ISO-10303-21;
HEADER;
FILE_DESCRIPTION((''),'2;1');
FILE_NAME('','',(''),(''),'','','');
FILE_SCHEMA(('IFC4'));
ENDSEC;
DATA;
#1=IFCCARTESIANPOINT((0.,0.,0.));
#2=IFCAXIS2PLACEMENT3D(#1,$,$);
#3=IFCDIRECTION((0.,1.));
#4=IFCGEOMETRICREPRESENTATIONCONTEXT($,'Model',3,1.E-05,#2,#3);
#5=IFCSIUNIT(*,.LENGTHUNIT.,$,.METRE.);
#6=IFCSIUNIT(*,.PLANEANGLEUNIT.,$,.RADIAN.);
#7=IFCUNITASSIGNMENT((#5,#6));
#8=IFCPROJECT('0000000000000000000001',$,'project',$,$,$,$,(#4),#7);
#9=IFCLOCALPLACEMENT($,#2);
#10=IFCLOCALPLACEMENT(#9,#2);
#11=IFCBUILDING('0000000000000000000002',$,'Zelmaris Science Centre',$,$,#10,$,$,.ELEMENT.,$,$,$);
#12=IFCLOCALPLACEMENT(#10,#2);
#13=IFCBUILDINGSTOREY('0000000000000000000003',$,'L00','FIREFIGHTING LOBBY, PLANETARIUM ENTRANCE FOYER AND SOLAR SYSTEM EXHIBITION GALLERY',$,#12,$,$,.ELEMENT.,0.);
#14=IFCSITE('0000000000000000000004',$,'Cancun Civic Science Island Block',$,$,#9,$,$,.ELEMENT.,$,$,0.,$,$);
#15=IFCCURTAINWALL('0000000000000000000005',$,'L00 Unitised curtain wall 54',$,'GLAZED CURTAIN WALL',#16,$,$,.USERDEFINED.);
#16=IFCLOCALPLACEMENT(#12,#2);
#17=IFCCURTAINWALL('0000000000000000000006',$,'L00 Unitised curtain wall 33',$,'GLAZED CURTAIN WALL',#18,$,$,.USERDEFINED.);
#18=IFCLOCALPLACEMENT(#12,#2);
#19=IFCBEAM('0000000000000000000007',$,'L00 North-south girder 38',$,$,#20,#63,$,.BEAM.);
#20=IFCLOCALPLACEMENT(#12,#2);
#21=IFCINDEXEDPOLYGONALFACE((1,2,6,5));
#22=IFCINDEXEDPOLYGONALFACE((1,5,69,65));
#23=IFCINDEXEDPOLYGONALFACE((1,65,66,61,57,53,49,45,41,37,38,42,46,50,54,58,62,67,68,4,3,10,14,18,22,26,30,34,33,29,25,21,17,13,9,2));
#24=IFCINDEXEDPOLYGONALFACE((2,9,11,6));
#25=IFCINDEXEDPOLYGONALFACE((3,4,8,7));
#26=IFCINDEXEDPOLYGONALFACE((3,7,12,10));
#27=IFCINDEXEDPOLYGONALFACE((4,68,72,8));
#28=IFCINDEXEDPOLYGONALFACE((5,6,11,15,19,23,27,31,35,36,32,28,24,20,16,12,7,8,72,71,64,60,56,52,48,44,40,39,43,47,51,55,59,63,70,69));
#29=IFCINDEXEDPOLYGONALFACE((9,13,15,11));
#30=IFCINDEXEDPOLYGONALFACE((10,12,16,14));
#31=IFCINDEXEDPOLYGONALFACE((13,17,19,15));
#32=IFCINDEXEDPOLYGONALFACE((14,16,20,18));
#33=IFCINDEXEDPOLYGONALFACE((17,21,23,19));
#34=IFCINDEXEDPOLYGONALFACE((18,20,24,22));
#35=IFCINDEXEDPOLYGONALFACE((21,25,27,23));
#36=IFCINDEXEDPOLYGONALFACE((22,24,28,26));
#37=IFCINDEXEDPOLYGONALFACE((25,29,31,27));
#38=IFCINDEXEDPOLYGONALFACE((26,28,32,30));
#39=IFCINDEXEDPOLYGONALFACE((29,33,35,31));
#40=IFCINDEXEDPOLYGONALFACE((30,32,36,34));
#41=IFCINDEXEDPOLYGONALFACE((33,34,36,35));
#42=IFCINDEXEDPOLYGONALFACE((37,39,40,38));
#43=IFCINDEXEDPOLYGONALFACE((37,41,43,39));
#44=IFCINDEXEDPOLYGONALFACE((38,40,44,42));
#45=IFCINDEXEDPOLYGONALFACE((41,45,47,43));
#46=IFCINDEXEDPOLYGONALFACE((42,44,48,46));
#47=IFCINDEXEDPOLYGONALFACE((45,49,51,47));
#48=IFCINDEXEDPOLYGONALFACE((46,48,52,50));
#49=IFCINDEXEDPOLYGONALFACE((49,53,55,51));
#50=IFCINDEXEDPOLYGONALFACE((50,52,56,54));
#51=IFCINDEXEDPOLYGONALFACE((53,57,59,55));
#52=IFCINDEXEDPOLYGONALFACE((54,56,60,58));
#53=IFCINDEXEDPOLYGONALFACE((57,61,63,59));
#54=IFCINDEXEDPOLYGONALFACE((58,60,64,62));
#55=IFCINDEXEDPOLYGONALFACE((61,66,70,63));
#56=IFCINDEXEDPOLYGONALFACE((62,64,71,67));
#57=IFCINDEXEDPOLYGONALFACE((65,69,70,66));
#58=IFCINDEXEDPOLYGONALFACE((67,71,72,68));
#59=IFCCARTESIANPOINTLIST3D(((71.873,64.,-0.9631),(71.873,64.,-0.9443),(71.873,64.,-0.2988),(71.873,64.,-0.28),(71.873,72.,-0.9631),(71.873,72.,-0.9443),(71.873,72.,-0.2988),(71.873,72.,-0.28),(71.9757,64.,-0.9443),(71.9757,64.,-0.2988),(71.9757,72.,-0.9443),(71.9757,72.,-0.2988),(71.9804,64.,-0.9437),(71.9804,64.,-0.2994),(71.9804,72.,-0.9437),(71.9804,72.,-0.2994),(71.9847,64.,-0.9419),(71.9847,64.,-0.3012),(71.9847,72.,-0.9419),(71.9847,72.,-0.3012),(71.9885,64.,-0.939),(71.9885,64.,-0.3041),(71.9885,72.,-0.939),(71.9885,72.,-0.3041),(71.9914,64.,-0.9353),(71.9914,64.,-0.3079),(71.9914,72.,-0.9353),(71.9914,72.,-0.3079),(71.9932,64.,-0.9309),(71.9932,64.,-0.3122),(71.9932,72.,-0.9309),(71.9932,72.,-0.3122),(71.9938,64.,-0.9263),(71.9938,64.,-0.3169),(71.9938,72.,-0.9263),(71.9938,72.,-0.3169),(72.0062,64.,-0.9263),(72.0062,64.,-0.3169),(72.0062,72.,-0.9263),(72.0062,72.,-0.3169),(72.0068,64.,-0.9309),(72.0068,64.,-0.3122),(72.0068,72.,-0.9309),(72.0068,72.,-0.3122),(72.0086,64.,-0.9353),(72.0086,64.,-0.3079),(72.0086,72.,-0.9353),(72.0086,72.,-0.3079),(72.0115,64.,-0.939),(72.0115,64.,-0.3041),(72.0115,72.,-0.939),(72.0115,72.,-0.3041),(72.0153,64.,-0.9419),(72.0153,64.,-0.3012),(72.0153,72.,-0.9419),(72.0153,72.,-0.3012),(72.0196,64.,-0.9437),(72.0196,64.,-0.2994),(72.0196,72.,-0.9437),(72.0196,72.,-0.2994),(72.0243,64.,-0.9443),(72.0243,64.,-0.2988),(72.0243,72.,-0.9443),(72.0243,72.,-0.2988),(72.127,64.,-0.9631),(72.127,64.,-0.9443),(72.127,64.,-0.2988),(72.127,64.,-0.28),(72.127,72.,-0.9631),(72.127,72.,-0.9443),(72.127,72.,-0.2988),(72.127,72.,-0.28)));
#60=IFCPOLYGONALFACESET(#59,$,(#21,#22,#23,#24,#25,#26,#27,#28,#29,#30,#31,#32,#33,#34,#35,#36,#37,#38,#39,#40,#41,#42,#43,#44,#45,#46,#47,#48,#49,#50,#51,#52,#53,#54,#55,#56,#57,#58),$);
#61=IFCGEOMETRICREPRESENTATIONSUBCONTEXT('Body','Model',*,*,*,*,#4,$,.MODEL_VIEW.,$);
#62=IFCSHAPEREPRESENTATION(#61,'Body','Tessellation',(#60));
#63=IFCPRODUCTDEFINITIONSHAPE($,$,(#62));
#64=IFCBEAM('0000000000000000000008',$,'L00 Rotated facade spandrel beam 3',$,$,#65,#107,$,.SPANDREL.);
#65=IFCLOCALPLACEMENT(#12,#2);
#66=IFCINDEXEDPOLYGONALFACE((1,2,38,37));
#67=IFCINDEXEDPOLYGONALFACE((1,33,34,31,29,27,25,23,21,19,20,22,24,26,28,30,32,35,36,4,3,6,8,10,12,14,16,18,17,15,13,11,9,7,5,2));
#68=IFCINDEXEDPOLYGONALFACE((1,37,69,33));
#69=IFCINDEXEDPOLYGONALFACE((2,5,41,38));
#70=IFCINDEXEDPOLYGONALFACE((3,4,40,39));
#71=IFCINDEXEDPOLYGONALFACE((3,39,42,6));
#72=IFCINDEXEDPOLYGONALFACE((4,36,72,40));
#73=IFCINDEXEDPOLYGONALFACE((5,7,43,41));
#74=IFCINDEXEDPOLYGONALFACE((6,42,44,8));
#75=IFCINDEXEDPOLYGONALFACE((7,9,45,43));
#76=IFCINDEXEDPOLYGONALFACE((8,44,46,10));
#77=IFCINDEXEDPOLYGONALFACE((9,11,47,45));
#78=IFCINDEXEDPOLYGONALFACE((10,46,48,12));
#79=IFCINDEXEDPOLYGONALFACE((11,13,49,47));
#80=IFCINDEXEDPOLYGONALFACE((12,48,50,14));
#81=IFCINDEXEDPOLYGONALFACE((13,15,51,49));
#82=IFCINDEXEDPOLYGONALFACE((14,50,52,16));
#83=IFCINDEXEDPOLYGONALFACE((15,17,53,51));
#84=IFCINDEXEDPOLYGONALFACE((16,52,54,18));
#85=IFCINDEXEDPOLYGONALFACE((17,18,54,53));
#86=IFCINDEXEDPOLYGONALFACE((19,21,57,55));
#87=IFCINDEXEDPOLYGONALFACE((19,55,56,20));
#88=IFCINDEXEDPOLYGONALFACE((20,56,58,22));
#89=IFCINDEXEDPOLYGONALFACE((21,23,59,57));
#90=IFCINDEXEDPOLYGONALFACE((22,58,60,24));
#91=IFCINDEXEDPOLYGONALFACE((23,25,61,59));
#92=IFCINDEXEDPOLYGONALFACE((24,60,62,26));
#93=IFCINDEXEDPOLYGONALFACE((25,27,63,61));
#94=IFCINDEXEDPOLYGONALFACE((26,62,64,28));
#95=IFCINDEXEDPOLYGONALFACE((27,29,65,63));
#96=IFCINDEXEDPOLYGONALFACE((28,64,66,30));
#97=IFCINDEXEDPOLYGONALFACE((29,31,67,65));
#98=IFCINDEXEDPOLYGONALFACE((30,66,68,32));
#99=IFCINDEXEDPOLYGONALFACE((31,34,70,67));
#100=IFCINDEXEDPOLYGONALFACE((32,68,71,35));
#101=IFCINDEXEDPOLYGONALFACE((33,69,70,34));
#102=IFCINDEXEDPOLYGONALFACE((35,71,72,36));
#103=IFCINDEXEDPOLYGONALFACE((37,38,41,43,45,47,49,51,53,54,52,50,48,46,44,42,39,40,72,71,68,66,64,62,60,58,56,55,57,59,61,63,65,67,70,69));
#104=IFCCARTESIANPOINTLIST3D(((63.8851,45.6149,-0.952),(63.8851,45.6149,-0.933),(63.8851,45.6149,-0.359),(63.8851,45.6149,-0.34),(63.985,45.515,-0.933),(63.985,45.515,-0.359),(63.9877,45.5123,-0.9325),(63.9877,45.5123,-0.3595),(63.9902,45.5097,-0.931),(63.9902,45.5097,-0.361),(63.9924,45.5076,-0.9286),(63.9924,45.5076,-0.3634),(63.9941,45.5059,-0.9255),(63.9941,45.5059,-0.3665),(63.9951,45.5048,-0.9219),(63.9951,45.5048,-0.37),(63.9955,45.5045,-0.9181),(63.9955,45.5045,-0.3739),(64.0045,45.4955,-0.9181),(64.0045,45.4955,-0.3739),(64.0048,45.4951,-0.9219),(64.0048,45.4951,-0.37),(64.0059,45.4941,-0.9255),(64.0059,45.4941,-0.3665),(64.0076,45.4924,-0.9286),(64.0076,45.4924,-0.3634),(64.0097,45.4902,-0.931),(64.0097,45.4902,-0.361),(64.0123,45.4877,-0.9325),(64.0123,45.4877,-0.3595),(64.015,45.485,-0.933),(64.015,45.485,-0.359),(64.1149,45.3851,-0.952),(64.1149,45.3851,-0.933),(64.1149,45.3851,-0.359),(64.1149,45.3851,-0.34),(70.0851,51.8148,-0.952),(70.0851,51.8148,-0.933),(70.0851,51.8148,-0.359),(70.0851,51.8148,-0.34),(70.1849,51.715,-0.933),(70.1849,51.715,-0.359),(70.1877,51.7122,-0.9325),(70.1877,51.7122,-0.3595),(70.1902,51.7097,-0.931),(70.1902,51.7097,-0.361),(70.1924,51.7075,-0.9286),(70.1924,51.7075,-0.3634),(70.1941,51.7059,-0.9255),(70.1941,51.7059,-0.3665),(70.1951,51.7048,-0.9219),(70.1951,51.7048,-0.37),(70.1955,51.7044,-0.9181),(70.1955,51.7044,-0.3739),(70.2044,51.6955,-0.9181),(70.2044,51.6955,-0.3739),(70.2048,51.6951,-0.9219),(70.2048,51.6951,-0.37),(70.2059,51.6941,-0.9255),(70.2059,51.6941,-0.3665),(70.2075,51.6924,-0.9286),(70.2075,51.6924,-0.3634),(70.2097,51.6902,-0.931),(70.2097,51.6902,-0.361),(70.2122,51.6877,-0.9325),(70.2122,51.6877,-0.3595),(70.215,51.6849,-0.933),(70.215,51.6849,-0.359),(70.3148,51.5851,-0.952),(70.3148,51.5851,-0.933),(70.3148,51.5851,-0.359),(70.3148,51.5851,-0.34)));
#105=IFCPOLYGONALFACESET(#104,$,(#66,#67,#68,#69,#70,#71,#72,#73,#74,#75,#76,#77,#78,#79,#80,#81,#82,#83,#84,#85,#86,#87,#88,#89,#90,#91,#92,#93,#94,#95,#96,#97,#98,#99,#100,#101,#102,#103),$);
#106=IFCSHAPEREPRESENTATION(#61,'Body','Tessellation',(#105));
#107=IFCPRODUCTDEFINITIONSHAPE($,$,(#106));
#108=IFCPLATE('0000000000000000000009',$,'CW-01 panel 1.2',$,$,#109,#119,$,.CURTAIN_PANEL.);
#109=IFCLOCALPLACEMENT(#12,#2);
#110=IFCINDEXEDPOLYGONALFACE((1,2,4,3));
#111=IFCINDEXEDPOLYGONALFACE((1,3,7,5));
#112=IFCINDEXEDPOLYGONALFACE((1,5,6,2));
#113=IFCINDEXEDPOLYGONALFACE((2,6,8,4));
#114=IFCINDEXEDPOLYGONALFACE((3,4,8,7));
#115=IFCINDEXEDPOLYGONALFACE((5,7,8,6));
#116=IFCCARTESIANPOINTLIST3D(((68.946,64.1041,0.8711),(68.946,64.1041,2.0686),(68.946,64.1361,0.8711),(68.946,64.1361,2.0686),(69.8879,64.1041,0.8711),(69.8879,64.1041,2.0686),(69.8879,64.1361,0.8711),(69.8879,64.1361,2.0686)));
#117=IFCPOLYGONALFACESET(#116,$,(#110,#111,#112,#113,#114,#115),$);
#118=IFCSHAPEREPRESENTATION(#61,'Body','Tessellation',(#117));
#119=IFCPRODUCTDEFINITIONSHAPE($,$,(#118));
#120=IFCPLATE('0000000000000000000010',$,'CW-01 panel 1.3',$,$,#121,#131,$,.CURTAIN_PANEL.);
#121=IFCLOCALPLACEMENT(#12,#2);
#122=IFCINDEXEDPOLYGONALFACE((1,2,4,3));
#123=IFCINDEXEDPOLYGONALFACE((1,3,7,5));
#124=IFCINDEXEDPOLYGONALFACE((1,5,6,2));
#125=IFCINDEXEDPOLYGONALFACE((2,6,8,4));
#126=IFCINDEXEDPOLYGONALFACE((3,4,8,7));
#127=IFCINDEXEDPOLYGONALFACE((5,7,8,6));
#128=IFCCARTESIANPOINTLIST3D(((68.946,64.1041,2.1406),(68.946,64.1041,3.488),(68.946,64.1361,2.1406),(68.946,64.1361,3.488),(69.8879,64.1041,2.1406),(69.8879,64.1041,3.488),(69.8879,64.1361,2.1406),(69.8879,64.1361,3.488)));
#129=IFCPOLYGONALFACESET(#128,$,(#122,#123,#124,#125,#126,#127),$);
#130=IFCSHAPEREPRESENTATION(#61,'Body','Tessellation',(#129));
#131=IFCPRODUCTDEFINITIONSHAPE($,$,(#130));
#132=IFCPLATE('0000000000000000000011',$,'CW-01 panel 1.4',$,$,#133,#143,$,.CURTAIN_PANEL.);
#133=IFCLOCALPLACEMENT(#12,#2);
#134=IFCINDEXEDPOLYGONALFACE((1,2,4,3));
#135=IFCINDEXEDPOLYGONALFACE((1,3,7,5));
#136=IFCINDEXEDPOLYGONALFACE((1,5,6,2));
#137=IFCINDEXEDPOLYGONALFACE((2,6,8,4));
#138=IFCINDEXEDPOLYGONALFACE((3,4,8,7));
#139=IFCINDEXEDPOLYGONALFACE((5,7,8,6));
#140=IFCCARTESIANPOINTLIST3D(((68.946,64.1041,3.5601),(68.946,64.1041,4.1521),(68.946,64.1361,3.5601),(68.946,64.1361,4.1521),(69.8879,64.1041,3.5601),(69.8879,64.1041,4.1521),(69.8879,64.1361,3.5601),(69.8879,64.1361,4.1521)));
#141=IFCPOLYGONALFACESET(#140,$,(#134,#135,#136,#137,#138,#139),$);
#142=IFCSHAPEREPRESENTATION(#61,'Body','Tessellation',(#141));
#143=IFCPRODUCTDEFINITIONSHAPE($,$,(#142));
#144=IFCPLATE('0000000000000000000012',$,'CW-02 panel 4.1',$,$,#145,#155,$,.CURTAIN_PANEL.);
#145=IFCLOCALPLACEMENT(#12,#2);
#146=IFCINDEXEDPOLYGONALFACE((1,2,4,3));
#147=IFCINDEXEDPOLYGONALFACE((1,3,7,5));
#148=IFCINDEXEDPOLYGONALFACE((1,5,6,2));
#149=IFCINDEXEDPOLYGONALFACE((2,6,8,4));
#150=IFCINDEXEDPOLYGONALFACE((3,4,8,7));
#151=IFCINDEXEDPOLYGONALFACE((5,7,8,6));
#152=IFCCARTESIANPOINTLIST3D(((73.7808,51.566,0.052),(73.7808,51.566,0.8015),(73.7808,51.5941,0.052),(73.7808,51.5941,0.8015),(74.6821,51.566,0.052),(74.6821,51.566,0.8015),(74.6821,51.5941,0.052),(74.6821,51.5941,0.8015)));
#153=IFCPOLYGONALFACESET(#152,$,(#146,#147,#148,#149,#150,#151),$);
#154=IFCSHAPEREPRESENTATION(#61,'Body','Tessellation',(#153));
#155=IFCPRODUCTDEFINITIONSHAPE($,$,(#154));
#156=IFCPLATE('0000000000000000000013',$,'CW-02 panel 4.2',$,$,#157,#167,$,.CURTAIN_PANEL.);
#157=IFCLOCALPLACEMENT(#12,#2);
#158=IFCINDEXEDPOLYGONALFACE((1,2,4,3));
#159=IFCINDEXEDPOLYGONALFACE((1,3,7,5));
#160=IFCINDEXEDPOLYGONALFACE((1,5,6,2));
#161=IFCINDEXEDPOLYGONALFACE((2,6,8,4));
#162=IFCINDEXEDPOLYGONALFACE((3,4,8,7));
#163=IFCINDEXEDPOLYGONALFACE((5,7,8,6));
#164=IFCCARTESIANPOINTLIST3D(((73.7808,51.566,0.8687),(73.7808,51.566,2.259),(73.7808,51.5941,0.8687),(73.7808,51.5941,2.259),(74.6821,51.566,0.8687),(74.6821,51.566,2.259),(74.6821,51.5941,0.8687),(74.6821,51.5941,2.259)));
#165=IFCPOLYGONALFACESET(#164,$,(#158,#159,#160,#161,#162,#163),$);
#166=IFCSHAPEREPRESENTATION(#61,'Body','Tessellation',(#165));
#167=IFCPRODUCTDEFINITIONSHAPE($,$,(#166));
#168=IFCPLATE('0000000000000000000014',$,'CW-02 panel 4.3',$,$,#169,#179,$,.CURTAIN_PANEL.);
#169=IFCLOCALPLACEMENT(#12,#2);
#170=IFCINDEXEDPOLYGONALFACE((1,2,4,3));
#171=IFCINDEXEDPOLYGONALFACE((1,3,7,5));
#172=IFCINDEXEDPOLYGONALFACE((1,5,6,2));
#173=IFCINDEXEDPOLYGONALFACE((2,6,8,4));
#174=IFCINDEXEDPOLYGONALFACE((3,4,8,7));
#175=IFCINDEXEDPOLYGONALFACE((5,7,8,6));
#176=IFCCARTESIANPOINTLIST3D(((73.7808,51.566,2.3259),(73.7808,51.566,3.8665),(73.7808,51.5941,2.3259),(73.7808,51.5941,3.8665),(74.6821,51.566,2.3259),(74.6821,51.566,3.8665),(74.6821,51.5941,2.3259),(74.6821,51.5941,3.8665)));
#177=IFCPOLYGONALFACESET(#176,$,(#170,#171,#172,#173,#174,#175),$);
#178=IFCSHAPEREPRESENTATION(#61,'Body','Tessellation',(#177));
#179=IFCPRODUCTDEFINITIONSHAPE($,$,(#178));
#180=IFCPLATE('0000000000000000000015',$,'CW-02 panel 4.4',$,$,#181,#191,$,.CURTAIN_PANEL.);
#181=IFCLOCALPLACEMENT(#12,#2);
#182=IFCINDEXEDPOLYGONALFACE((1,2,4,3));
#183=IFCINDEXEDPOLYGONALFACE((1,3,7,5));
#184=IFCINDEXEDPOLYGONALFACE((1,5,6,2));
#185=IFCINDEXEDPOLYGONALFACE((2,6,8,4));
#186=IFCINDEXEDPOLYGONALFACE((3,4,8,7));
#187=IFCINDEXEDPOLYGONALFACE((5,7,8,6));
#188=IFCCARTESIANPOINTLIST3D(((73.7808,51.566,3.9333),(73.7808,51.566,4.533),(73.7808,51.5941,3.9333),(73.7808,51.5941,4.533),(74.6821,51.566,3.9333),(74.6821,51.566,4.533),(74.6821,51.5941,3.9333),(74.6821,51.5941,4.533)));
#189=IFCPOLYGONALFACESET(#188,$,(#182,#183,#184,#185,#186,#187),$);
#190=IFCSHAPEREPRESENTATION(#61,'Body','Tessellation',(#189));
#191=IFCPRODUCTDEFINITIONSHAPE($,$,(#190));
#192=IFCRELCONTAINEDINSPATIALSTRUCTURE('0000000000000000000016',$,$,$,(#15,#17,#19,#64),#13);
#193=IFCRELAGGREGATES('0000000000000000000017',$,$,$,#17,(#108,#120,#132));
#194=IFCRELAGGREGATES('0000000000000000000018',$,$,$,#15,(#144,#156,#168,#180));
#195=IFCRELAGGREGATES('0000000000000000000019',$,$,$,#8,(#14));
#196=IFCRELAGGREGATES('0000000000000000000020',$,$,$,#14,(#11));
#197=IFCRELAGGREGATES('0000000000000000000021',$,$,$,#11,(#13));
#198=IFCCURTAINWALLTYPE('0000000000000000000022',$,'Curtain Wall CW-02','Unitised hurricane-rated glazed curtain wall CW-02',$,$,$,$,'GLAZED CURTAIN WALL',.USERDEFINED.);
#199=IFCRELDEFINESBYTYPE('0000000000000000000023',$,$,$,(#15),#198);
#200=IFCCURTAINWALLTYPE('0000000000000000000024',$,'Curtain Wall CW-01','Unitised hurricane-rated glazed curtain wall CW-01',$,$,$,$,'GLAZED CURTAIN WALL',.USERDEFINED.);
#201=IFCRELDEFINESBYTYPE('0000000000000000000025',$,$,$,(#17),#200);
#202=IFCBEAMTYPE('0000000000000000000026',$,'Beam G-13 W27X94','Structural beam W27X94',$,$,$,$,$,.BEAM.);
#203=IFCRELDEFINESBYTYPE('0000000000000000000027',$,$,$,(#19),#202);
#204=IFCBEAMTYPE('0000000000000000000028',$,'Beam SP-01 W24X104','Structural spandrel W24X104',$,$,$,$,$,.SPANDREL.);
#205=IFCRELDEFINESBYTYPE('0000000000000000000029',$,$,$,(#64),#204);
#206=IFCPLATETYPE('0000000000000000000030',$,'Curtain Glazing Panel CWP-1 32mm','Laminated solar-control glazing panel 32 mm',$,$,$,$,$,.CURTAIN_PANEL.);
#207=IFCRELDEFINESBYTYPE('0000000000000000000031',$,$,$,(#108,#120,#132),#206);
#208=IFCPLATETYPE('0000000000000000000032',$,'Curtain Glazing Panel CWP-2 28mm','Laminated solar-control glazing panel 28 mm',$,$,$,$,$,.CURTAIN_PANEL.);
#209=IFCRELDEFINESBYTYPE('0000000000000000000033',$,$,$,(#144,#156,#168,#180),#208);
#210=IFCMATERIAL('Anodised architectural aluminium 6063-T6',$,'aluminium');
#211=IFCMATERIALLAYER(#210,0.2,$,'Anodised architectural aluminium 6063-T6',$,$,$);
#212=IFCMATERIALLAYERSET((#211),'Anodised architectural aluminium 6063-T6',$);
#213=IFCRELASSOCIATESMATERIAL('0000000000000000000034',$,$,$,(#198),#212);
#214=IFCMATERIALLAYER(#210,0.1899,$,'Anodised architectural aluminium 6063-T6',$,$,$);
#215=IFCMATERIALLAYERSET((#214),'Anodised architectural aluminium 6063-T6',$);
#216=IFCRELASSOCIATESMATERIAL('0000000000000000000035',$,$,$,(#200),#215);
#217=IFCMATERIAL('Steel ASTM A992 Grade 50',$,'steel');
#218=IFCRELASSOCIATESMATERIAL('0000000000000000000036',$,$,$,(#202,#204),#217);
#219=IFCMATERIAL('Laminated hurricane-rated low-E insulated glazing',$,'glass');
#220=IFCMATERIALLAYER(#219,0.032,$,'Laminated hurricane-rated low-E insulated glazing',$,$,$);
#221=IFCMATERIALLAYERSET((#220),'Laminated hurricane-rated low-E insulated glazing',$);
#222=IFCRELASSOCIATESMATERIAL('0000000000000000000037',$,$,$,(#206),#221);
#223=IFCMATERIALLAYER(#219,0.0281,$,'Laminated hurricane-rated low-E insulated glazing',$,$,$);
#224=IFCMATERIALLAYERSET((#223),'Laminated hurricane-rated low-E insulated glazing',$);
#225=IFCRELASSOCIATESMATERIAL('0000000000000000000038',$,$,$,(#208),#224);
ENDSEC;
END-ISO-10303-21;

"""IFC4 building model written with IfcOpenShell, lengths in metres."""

from ifc_helpers import new_model, si_unit, direction, frame, origin, origin_2d, place, context, subcontext, project, spatial, rectangle, i_section, extrude, material, layer, layer_set, material_profile, profile_set, type_object, element, aggregate, save


model = new_model("IFC4")

# Units and contexts
model_context = context("Model", 3, precision=1e-05, world=origin(), true_north=direction((0.0, 1.0)))
body_context = subcontext(model_context, "Body", "Model", "MODEL_VIEW")
ifc_project = project(units=[si_unit("LENGTHUNIT", "METRE"), si_unit("PLANEANGLEUNIT", "RADIAN")], contexts=[model_context])

# Site, building, storey
site_placement = place(None, origin())
site = spatial("IfcSite", under=ifc_project, at=site_placement, Name="Cancun Civic Science Island Block", CompositionType="ELEMENT", RefElevation=0.0)
building_placement = place(site_placement, origin())
building = spatial("IfcBuilding", under=site, at=building_placement, Name="Zelmaris Science Centre", CompositionType="ELEMENT")
storey_placement = place(building_placement, origin())
storey = spatial("IfcBuildingStorey", under=building, at=storey_placement, Name="L00", Description="FIREFIGHTING LOBBY, PLANETARIUM ENTRANCE FOYER AND SOLAR SYSTEM EXHIBITION GALLERY", CompositionType="ELEMENT", Elevation=0.0)

# Shared definitions
ifc_material_1 = material(Name="Steel ASTM A992 Grade 50", Category="steel")

# Shared definitions
ifc_material_2 = material(Name="Anodised architectural aluminium 6063-T6", Category="aluminium")

# Curtain wall
ifc_layer_1 = layer(ifc_material_2, 0.2, Name="Anodised architectural aluminium 6063-T6")
ifc_layer_set_1 = layer_set([ifc_layer_1], Name="Anodised architectural aluminium 6063-T6")
curtain_wall_type_1 = type_object("IfcCurtainWallType", Name="Curtain Wall CW-02", Description="Unitised hurricane-rated glazed curtain wall CW-02", ElementType="GLAZED CURTAIN WALL", PredefinedType="USERDEFINED", material=ifc_layer_set_1)
curtain_wall_1_placement = place(storey_placement, origin())
curtain_wall_1 = element("IfcCurtainWall", 1, at=curtain_wall_1_placement, inside=storey, type_object=curtain_wall_type_1, Name="L00 Unitised curtain wall 54", ObjectType="GLAZED CURTAIN WALL", PredefinedType="USERDEFINED")

# Curtain wall
ifc_layer_2 = layer(ifc_material_2, 0.1899, Name="Anodised architectural aluminium 6063-T6")
ifc_layer_set_2 = layer_set([ifc_layer_2], Name="Anodised architectural aluminium 6063-T6")
curtain_wall_type_2 = type_object("IfcCurtainWallType", Name="Curtain Wall CW-01", Description="Unitised hurricane-rated glazed curtain wall CW-01", ElementType="GLAZED CURTAIN WALL", PredefinedType="USERDEFINED", material=ifc_layer_set_2)
curtain_wall_2_placement = place(storey_placement, origin())
curtain_wall_2 = element("IfcCurtainWall", 2, at=curtain_wall_2_placement, inside=storey, type_object=curtain_wall_type_2, Name="L00 Unitised curtain wall 33", ObjectType="GLAZED CURTAIN WALL", PredefinedType="USERDEFINED")

# Beams
ifc_material_profile_1 = material_profile(ifc_material_1, i_section(OverallWidth=0.2539, OverallDepth=0.6831, WebThickness=0.0125, FlangeThickness=0.0188, FilletRadius=0.0181, at=origin_2d()), Name="W27X94")
ifc_profile_set_1 = profile_set([ifc_material_profile_1], Name="Steel ASTM A992 Grade 50")
beam_type_1 = type_object("IfcBeamType", Name="Beam G-13 W27X94", Description="Structural beam W27X94", PredefinedType="BEAM", material=ifc_profile_set_1)
beam_1_placement = place(storey_placement, frame((72.0, 64.0, -0.6216), z_axis=(0.0, 1.0, 0.0), x_axis=(-1.0, 0.0, 0.0)))
element("IfcBeam", 3, at=beam_1_placement, inside=storey, type_object=beam_type_1, Name="L00 North-south girder 38", PredefinedType="BEAM", context=body_context, shape_type="SweptSolid", body=[
    extrude(i_section(OverallWidth=0.2539, OverallDepth=0.6831, WebThickness=0.0125, FlangeThickness=0.0188, FilletRadius=0.0181, at=origin_2d()), origin(), (0.0, 0.0, 1.0), 8.0),
])
ifc_material_profile_2 = material_profile(ifc_material_1, i_section(OverallWidth=0.325, OverallDepth=0.6121, WebThickness=0.0127, FlangeThickness=0.019, FilletRadius=0.0149, at=origin_2d()), Name="W24X104")
ifc_profile_set_2 = profile_set([ifc_material_profile_2], Name="Steel ASTM A992 Grade 50")
beam_type_2 = type_object("IfcBeamType", Name="Beam SP-01 W24X104", Description="Structural spandrel W24X104", PredefinedType="SPANDREL", material=ifc_profile_set_2)
beam_2_placement = place(storey_placement, frame((70.2, 51.7, -0.646), z_axis=(-0.707107, -0.707107, 0.0), x_axis=(0.707107, -0.707107, 0.0)))
element("IfcBeam", 4, at=beam_2_placement, inside=storey, type_object=beam_type_2, Name="L00 Rotated facade spandrel beam 3", PredefinedType="SPANDREL", context=body_context, shape_type="SweptSolid", body=[
    extrude(i_section(OverallWidth=0.325, OverallDepth=0.6121, WebThickness=0.0127, FlangeThickness=0.019, FilletRadius=0.0149, at=origin_2d()), origin(), (0.0, 0.0, 1.0), 8.7681),
])

# Plates
ifc_material_3 = material(Name="Laminated hurricane-rated low-E insulated glazing", Category="glass")
ifc_layer_3 = layer(ifc_material_3, 0.032, Name="Laminated hurricane-rated low-E insulated glazing")
ifc_layer_set_3 = layer_set([ifc_layer_3], Name="Laminated hurricane-rated low-E insulated glazing")
plate_type_1 = type_object("IfcPlateType", Name="Curtain Glazing Panel CWP-1 32mm", Description="Laminated solar-control glazing panel 32 mm", PredefinedType="CURTAIN_PANEL", material=ifc_layer_set_3)
plate_1_placement = place(storey_placement, frame((69.417, 64.1201, 0.8711), z_axis=(0.0, 0.0, 1.0), x_axis=(-1.0, 0.0, 0.0)))
plate_1 = element("IfcPlate", 5, at=plate_1_placement, type_object=plate_type_1, Name="CW-01 panel 1.2", PredefinedType="CURTAIN_PANEL", context=body_context, shape_type="SweptSolid", body=[
    extrude(rectangle(XDim=0.9419, YDim=0.032, at=origin_2d()), origin(), (0.0, 0.0, 1.0), 1.1975),
])
plate_2_placement = place(storey_placement, frame((69.417, 64.1201, 2.1406), z_axis=(0.0, 0.0, 1.0), x_axis=(-1.0, 0.0, 0.0)))
plate_2 = element("IfcPlate", 6, at=plate_2_placement, type_object=plate_type_1, Name="CW-01 panel 1.3", PredefinedType="CURTAIN_PANEL", context=body_context, shape_type="SweptSolid", body=[
    extrude(rectangle(XDim=0.9419, YDim=0.032, at=origin_2d()), origin(), (0.0, 0.0, 1.0), 1.3474),
])
plate_3_placement = place(storey_placement, frame((69.417, 64.1201, 3.5601), z_axis=(0.0, 0.0, 1.0), x_axis=(-1.0, 0.0, 0.0)))
plate_3 = element("IfcPlate", 7, at=plate_3_placement, type_object=plate_type_1, Name="CW-01 panel 1.4", PredefinedType="CURTAIN_PANEL", context=body_context, shape_type="SweptSolid", body=[
    extrude(rectangle(XDim=0.9419, YDim=0.032, at=origin_2d()), origin(), (0.0, 0.0, 1.0), 0.592),
])
aggregate(curtain_wall_2, [plate_1, plate_2, plate_3])
ifc_layer_4 = layer(ifc_material_3, 0.0281, Name="Laminated hurricane-rated low-E insulated glazing")
ifc_layer_set_4 = layer_set([ifc_layer_4], Name="Laminated hurricane-rated low-E insulated glazing")
plate_type_2 = type_object("IfcPlateType", Name="Curtain Glazing Panel CWP-2 28mm", Description="Laminated solar-control glazing panel 28 mm", PredefinedType="CURTAIN_PANEL", material=ifc_layer_set_4)
plate_4_placement = place(storey_placement, frame((74.2314, 51.5801, 0.052), z_axis=(0.0, 0.0, 1.0), x_axis=(1.0, 0.0, 0.0)))
plate_4 = element("IfcPlate", 8, at=plate_4_placement, type_object=plate_type_2, Name="CW-02 panel 4.1", PredefinedType="CURTAIN_PANEL", context=body_context, shape_type="SweptSolid", body=[
    extrude(rectangle(XDim=0.9014, YDim=0.0281, at=origin_2d()), origin(), (0.0, 0.0, 1.0), 0.7495),
])
plate_5_placement = place(storey_placement, frame((74.2314, 51.5801, 0.8687), z_axis=(0.0, 0.0, 1.0), x_axis=(1.0, 0.0, 0.0)))
plate_5 = element("IfcPlate", 9, at=plate_5_placement, type_object=plate_type_2, Name="CW-02 panel 4.2", PredefinedType="CURTAIN_PANEL", context=body_context, shape_type="SweptSolid", body=[
    extrude(rectangle(XDim=0.9014, YDim=0.0281, at=origin_2d()), origin(), (0.0, 0.0, 1.0), 1.3904),
])
plate_6_placement = place(storey_placement, frame((74.2314, 51.5801, 2.3259), z_axis=(0.0, 0.0, 1.0), x_axis=(1.0, 0.0, 0.0)))
plate_6 = element("IfcPlate", 10, at=plate_6_placement, type_object=plate_type_2, Name="CW-02 panel 4.3", PredefinedType="CURTAIN_PANEL", context=body_context, shape_type="SweptSolid", body=[
    extrude(rectangle(XDim=0.9014, YDim=0.0281, at=origin_2d()), origin(), (0.0, 0.0, 1.0), 1.5405),
])
plate_7_placement = place(storey_placement, frame((74.2314, 51.5801, 3.9333), z_axis=(0.0, 0.0, 1.0), x_axis=(1.0, 0.0, 0.0)))
plate_7 = element("IfcPlate", 11, at=plate_7_placement, type_object=plate_type_2, Name="CW-02 panel 4.4", PredefinedType="CURTAIN_PANEL", context=body_context, shape_type="SweptSolid", body=[
    extrude(rectangle(XDim=0.9014, YDim=0.0281, at=origin_2d()), origin(), (0.0, 0.0, 1.0), 0.5996),
])
aggregate(curtain_wall_1, [plate_4, plate_5, plate_6, plate_7])

save(model, "model.ifc")
